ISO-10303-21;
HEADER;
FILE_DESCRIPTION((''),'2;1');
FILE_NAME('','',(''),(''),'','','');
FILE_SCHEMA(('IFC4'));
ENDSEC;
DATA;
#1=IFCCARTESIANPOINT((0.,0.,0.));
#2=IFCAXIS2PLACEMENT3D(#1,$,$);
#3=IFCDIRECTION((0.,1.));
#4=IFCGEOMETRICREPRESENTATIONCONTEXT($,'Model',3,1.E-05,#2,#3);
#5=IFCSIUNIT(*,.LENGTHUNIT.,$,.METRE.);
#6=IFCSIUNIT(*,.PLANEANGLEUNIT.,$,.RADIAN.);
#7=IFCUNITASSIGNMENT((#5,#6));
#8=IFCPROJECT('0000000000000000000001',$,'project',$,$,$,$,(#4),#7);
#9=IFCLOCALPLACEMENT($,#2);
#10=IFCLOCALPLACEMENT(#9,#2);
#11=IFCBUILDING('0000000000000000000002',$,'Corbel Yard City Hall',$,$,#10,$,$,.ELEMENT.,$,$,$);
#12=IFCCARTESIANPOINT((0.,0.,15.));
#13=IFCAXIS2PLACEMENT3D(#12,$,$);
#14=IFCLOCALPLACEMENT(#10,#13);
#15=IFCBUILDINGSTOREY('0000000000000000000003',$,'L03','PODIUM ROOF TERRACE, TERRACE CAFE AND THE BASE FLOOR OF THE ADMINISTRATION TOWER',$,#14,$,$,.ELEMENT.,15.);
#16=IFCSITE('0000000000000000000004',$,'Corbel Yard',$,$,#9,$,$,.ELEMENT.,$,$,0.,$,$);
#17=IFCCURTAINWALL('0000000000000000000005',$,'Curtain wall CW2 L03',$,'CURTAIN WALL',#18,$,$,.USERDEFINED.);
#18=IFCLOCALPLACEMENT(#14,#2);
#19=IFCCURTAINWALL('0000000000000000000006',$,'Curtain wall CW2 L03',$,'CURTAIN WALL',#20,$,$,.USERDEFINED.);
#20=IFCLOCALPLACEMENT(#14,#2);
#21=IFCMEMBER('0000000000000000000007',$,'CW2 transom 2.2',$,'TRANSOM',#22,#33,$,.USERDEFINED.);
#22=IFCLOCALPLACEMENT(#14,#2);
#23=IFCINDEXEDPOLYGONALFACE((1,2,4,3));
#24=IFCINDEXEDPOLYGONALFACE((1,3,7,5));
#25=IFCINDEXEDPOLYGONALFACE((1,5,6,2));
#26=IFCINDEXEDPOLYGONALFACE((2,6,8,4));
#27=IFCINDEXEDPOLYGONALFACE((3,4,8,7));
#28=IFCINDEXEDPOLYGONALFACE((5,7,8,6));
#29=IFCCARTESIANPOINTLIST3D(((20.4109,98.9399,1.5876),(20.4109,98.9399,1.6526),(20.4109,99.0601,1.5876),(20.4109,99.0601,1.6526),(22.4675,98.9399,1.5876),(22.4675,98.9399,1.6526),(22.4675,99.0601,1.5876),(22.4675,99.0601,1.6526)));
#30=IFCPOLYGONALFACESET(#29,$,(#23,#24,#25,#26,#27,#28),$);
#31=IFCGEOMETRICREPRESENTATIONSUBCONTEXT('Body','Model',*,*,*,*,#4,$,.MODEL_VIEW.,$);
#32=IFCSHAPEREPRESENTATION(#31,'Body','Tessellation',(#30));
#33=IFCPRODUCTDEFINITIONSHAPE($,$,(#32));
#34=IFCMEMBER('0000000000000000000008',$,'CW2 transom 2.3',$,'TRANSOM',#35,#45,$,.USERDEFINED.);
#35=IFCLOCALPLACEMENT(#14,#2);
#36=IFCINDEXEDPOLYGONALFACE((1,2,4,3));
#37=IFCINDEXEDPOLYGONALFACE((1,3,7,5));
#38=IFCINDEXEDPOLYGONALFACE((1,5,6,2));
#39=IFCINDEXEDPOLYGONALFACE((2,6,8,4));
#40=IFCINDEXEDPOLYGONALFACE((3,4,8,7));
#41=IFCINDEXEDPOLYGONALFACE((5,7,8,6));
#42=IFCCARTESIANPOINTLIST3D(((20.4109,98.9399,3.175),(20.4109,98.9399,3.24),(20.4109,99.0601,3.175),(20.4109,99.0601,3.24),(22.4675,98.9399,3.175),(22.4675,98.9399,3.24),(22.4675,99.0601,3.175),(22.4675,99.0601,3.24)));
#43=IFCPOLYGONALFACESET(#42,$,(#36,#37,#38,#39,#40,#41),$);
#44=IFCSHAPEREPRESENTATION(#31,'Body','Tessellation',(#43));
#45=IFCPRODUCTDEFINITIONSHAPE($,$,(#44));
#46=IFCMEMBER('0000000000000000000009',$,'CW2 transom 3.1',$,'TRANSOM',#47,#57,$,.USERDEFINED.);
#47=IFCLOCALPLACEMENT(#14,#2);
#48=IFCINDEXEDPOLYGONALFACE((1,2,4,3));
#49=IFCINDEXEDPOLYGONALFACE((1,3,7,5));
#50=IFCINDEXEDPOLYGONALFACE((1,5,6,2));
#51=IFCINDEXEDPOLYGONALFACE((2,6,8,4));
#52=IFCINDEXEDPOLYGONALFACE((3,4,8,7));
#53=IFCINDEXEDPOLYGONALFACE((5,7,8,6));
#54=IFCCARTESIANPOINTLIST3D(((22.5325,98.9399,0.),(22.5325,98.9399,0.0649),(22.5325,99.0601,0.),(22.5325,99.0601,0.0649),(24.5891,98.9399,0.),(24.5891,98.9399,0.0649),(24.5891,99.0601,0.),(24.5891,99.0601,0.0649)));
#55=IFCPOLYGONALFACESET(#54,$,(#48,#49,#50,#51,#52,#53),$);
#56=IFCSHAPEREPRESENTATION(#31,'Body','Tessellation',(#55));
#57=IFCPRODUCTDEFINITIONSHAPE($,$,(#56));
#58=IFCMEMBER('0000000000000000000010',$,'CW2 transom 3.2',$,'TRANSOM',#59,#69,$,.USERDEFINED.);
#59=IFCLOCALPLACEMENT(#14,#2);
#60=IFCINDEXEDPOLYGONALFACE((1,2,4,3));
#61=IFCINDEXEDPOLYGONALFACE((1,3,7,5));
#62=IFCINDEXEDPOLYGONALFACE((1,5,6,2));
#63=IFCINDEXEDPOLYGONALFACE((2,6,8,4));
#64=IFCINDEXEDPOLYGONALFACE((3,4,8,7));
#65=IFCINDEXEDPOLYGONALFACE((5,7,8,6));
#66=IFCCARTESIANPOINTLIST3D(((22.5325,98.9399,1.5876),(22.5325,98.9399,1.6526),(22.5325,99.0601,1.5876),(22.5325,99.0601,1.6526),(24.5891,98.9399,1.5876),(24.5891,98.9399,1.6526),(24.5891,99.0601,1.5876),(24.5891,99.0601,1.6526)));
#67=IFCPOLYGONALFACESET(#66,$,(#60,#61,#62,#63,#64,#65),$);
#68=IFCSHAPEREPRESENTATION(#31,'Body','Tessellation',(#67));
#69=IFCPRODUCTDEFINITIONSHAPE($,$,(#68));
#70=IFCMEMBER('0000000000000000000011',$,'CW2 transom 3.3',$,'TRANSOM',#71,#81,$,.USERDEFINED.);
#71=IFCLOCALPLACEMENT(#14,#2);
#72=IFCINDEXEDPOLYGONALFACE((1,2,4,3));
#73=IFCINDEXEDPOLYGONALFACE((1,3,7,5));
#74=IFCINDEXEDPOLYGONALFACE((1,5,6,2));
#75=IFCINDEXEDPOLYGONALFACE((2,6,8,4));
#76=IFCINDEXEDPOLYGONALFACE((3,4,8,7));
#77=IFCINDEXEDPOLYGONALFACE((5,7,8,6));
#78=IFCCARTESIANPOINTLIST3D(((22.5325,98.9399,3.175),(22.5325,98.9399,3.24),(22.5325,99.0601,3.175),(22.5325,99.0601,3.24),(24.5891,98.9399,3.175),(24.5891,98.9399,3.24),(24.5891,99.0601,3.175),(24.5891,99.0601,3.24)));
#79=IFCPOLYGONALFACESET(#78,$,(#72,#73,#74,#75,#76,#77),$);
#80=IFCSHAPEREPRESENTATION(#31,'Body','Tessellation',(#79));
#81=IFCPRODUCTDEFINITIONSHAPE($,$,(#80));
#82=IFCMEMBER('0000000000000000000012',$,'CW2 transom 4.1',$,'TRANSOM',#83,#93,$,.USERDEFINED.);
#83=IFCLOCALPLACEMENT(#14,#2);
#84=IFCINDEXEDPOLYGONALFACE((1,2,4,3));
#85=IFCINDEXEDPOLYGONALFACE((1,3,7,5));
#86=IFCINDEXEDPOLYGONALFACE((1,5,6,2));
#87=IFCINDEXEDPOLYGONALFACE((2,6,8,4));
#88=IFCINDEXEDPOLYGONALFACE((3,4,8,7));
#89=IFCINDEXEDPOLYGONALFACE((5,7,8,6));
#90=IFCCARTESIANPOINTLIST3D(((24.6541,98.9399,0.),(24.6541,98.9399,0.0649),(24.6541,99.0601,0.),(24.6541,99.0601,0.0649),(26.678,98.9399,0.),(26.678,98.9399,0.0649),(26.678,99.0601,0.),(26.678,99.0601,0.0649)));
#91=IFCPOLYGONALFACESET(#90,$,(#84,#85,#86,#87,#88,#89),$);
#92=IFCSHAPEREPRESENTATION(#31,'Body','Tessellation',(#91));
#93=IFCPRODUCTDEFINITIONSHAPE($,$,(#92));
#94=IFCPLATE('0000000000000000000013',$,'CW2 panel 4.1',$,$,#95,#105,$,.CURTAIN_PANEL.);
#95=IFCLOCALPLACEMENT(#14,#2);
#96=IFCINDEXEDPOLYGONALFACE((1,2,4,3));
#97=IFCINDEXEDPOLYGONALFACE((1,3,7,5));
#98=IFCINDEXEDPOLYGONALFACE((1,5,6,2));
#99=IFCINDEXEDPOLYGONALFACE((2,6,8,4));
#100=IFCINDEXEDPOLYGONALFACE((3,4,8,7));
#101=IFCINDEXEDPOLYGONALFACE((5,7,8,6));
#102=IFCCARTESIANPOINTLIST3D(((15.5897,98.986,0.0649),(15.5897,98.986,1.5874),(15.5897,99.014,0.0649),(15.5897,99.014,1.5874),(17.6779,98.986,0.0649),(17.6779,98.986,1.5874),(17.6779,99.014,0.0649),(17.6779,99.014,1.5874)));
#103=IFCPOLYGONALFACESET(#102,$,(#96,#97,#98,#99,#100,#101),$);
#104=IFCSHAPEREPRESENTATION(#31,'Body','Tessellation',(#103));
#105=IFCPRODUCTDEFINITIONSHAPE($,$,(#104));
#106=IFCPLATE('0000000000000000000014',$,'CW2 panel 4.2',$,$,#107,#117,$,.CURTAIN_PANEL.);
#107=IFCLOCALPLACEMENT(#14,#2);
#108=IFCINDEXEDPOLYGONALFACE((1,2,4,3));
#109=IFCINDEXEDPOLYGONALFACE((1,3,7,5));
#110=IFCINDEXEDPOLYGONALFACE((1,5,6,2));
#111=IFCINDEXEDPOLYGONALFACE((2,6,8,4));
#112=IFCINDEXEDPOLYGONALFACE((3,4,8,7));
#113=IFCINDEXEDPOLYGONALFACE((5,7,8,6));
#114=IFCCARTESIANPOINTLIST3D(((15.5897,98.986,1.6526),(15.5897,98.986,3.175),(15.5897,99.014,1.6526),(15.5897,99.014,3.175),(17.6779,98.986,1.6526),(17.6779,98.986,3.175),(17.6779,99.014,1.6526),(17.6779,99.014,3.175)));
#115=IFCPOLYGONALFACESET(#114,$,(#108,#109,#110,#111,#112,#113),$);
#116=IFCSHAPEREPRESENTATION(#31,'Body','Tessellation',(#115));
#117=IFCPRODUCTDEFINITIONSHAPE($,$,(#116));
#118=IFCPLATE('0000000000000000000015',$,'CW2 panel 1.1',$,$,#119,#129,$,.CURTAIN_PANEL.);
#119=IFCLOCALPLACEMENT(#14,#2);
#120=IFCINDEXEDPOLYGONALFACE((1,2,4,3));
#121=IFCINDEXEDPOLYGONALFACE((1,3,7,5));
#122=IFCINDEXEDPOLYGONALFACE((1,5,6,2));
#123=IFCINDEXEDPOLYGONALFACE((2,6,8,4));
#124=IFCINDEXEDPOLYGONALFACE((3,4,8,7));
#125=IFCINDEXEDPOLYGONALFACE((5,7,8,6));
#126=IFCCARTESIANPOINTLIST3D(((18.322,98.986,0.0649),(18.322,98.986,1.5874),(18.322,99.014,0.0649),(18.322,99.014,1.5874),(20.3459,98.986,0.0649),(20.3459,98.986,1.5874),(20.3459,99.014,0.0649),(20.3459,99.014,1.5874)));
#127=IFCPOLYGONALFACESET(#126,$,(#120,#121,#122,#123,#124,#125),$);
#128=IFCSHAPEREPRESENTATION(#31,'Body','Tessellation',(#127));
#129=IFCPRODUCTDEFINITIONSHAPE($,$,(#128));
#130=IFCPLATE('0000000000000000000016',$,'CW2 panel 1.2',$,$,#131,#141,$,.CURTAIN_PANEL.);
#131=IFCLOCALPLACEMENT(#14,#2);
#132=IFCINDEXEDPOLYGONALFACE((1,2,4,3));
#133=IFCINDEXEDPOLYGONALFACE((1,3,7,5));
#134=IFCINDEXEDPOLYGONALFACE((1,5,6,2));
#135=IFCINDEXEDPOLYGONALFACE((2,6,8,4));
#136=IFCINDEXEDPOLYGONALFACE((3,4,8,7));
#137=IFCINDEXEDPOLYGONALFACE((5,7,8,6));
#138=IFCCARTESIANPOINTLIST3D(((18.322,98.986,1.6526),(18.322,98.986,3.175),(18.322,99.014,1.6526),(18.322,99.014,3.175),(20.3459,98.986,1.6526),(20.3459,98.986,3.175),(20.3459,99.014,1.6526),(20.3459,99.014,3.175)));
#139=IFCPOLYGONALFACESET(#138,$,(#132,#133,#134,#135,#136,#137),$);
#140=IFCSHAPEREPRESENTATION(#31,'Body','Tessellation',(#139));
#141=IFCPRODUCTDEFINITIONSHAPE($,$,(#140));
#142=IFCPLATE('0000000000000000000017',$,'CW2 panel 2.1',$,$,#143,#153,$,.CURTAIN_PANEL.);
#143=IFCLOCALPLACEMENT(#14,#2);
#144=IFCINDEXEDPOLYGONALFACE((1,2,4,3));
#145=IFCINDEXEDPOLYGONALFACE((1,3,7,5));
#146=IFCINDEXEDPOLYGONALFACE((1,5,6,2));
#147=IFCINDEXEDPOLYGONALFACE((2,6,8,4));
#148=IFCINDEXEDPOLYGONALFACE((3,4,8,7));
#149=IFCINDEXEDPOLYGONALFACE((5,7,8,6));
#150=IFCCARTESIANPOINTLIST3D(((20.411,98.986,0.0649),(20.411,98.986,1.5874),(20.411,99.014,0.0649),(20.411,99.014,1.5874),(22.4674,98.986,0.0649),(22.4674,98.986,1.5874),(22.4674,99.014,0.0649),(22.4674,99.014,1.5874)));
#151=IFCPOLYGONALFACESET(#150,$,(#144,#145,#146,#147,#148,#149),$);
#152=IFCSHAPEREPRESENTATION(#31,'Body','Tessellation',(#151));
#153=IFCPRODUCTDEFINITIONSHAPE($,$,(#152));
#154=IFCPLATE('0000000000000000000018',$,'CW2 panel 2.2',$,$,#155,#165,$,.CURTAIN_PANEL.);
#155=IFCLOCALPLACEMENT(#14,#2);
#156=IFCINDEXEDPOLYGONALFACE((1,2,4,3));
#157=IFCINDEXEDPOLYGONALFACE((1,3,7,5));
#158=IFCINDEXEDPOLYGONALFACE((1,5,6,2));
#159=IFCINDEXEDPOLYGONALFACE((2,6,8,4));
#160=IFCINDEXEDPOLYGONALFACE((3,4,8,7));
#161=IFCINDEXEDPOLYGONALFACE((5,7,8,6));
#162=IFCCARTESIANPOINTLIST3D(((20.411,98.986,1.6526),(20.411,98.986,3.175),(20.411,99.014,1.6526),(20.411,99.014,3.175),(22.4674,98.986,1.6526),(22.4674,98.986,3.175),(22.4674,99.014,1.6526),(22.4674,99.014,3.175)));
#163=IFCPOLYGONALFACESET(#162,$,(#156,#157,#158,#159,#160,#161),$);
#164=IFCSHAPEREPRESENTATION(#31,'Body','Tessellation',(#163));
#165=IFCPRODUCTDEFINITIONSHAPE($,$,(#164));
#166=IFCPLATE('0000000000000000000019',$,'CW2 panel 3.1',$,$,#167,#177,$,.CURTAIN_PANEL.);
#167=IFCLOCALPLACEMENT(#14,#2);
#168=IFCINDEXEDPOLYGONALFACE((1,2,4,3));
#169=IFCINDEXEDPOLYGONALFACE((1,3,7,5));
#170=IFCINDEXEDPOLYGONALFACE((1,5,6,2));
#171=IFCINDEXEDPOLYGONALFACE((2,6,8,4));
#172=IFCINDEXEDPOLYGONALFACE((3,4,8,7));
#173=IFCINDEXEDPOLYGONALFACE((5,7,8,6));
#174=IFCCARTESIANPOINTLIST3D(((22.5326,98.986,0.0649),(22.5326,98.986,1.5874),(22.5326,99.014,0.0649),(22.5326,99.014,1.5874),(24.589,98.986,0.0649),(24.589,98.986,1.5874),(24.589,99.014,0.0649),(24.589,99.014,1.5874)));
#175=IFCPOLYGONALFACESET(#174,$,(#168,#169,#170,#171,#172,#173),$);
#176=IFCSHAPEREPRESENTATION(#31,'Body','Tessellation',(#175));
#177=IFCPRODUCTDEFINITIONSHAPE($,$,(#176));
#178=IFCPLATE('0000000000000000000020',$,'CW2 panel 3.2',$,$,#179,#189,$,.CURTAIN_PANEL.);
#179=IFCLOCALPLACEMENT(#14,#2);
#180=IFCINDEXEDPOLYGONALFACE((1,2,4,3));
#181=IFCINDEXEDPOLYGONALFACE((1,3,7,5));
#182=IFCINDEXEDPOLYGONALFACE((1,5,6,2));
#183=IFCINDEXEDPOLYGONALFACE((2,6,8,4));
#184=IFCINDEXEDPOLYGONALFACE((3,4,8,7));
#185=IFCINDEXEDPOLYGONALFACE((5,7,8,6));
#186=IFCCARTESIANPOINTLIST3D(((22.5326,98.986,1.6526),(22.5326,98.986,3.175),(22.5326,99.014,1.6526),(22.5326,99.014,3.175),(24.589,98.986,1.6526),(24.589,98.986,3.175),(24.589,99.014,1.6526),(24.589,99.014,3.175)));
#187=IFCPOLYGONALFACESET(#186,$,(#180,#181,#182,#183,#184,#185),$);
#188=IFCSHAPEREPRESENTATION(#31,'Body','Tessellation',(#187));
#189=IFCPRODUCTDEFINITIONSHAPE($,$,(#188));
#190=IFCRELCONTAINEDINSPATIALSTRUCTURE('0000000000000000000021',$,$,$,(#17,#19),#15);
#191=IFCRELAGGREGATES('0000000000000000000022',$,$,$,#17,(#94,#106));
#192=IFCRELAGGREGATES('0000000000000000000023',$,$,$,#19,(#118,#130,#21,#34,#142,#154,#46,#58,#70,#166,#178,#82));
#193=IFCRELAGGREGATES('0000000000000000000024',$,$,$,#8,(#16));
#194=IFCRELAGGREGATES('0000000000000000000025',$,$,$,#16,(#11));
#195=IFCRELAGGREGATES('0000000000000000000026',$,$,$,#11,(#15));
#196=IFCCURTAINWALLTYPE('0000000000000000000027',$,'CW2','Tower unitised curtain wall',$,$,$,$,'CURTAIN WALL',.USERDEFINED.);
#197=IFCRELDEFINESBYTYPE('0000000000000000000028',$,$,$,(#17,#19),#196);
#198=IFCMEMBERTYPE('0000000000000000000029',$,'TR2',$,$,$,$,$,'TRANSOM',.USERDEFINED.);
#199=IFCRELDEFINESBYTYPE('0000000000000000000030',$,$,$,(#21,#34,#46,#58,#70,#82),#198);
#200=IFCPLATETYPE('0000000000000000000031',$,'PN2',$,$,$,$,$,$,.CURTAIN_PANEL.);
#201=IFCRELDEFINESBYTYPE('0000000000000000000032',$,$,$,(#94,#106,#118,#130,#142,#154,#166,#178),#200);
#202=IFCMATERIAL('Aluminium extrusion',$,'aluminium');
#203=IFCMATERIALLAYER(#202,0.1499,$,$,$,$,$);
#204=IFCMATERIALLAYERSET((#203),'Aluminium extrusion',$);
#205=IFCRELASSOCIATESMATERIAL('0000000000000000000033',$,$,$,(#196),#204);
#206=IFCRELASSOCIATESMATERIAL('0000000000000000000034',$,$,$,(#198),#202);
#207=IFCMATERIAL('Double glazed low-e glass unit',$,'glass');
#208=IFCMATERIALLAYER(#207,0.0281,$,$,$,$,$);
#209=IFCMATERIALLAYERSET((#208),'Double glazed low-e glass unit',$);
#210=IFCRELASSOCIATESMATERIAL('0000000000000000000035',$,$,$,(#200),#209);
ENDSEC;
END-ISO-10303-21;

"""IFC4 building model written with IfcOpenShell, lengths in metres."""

from ifc_helpers import new_model, si_unit, direction, frame, origin, origin_2d, place, context, subcontext, project, spatial, rectangle, extrude, material, layer, layer_set, material_profile, profile_set, type_object, element, aggregate, save


model = new_model("IFC4")

# Units and contexts
model_context = context("Model", 3, precision=1e-05, world=origin(), true_north=direction((0.0, 1.0)))
body_context = subcontext(model_context, "Body", "Model", "MODEL_VIEW")
ifc_project = project(units=[si_unit("LENGTHUNIT", "METRE"), si_unit("PLANEANGLEUNIT", "RADIAN")], contexts=[model_context])

# Site, building, storey
site_placement = place(None, origin())
site = spatial("IfcSite", under=ifc_project, at=site_placement, Name="Corbel Yard", CompositionType="ELEMENT", RefElevation=0.0)
building_placement = place(site_placement, origin())
building = spatial("IfcBuilding", under=site, at=building_placement, Name="Corbel Yard City Hall", CompositionType="ELEMENT")
storey_placement = place(building_placement, frame((0.0, 0.0, 15.0)))
storey = spatial("IfcBuildingStorey", under=building, at=storey_placement, Name="L03", Description="PODIUM ROOF TERRACE, TERRACE CAFE AND THE BASE FLOOR OF THE ADMINISTRATION TOWER", CompositionType="ELEMENT", Elevation=15.0)

# Curtain wall
ifc_material_1 = material(Name="Aluminium extrusion", Category="aluminium")
ifc_layer_1 = layer(ifc_material_1, 0.1499)
ifc_layer_set_1 = layer_set([ifc_layer_1], Name="Aluminium extrusion")
curtain_wall_type = type_object("IfcCurtainWallType", Name="CW2", Description="Tower unitised curtain wall", ElementType="CURTAIN WALL", PredefinedType="USERDEFINED", material=ifc_layer_set_1)
curtain_wall_1_placement = place(storey_placement, origin())
curtain_wall_1 = element("IfcCurtainWall", 1, at=curtain_wall_1_placement, inside=storey, type_object=curtain_wall_type, Name="Curtain wall CW2 L03", ObjectType="CURTAIN WALL", PredefinedType="USERDEFINED")

# Curtain wall
curtain_wall_2_placement = place(storey_placement, origin())
curtain_wall_2 = element("IfcCurtainWall", 2, at=curtain_wall_2_placement, inside=storey, type_object=curtain_wall_type, Name="Curtain wall CW2 L03", ObjectType="CURTAIN WALL", PredefinedType="USERDEFINED")

# Members
ifc_material_profile_1 = material_profile(ifc_material_1, rectangle(XDim=0.1201, YDim=0.0649, at=origin_2d()), Name="120x65")
ifc_profile_set_1 = profile_set([ifc_material_profile_1], Name="Aluminium extrusion")
member_type_1 = type_object("IfcMemberType", Name="TR2", ElementType="TRANSOM", PredefinedType="USERDEFINED", material=ifc_profile_set_1)
member_1_placement = place(storey_placement, frame((20.4109, 99.0, 1.6201), z_axis=(1.0, 0.0, 0.0), x_axis=(0.0, 1.0, 0.0)))
member_1 = element("IfcMember", 3, at=member_1_placement, type_object=member_type_1, Name="CW2 transom 2.2", ObjectType="TRANSOM", PredefinedType="USERDEFINED", context=body_context, shape_type="SweptSolid", body=[
    extrude(rectangle(XDim=0.1201, YDim=0.0649, at=origin_2d()), origin(), (0.0, 0.0, 1.0), 2.0566),
])
member_2_placement = place(storey_placement, frame((20.4109, 99.0, 3.2075), z_axis=(1.0, 0.0, 0.0), x_axis=(0.0, 1.0, 0.0)))
member_2 = element("IfcMember", 4, at=member_2_placement, type_object=member_type_1, Name="CW2 transom 2.3", ObjectType="TRANSOM", PredefinedType="USERDEFINED", context=body_context, shape_type="SweptSolid", body=[
    extrude(rectangle(XDim=0.1201, YDim=0.0649, at=origin_2d()), origin(), (0.0, 0.0, 1.0), 2.0566),
])
member_3_placement = place(storey_placement, frame((22.5325, 99.0, 0.0325), z_axis=(1.0, 0.0, 0.0), x_axis=(0.0, 1.0, 0.0)))
member_3 = element("IfcMember", 5, at=member_3_placement, type_object=member_type_1, Name="CW2 transom 3.1", ObjectType="TRANSOM", PredefinedType="USERDEFINED", context=body_context, shape_type="SweptSolid", body=[
    extrude(rectangle(XDim=0.1201, YDim=0.0649, at=origin_2d()), origin(), (0.0, 0.0, 1.0), 2.0566),
])
member_4_placement = place(storey_placement, frame((22.5325, 99.0, 1.6201), z_axis=(1.0, 0.0, 0.0), x_axis=(0.0, 1.0, 0.0)))
member_4 = element("IfcMember", 6, at=member_4_placement, type_object=member_type_1, Name="CW2 transom 3.2", ObjectType="TRANSOM", PredefinedType="USERDEFINED", context=body_context, shape_type="SweptSolid", body=[
    extrude(rectangle(XDim=0.1201, YDim=0.0649, at=origin_2d()), origin(), (0.0, 0.0, 1.0), 2.0566),
])
member_5_placement = place(storey_placement, frame((22.5325, 99.0, 3.2075), z_axis=(1.0, 0.0, 0.0), x_axis=(0.0, 1.0, 0.0)))
member_5 = element("IfcMember", 7, at=member_5_placement, type_object=member_type_1, Name="CW2 transom 3.3", ObjectType="TRANSOM", PredefinedType="USERDEFINED", context=body_context, shape_type="SweptSolid", body=[
    extrude(rectangle(XDim=0.1201, YDim=0.0649, at=origin_2d()), origin(), (0.0, 0.0, 1.0), 2.0566),
])
member_6_placement = place(storey_placement, frame((24.6541, 99.0, 0.0325), z_axis=(1.0, 0.0, 0.0), x_axis=(0.0, 1.0, 0.0)))
member_6 = element("IfcMember", 8, at=member_6_placement, type_object=member_type_1, Name="CW2 transom 4.1", ObjectType="TRANSOM", PredefinedType="USERDEFINED", context=body_context, shape_type="SweptSolid", body=[
    extrude(rectangle(XDim=0.1201, YDim=0.0649, at=origin_2d()), origin(), (0.0, 0.0, 1.0), 2.0239),
])

# Plates
ifc_material_2 = material(Name="Double glazed low-e glass unit", Category="glass")
ifc_layer_2 = layer(ifc_material_2, 0.0281)
ifc_layer_set_2 = layer_set([ifc_layer_2], Name="Double glazed low-e glass unit")
plate_type = type_object("IfcPlateType", Name="PN2", PredefinedType="CURTAIN_PANEL", material=ifc_layer_set_2)
plate_1_placement = place(storey_placement, frame((16.6338, 99.0, 0.0649), z_axis=(0.0, 0.0, 1.0), x_axis=(1.0, 0.0, 0.0)))
plate_1 = element("IfcPlate", 9, at=plate_1_placement, type_object=plate_type, Name="CW2 panel 4.1", PredefinedType="CURTAIN_PANEL", context=body_context, shape_type="SweptSolid", body=[
    extrude(rectangle(XDim=2.0881, YDim=0.0281, at=origin_2d()), origin(), (0.0, 0.0, 1.0), 1.5225),
])
plate_2_placement = place(storey_placement, frame((16.6338, 99.0, 1.6526), z_axis=(0.0, 0.0, 1.0), x_axis=(1.0, 0.0, 0.0)))
plate_2 = element("IfcPlate", 10, at=plate_2_placement, type_object=plate_type, Name="CW2 panel 4.2", PredefinedType="CURTAIN_PANEL", context=body_context, shape_type="SweptSolid", body=[
    extrude(rectangle(XDim=2.0881, YDim=0.0281, at=origin_2d()), origin(), (0.0, 0.0, 1.0), 1.5225),
])
aggregate(curtain_wall_1, [plate_1, plate_2])
plate_3_placement = place(storey_placement, frame((19.334, 99.0, 0.0649), z_axis=(0.0, 0.0, 1.0), x_axis=(1.0, 0.0, 0.0)))
plate_3 = element("IfcPlate", 11, at=plate_3_placement, type_object=plate_type, Name="CW2 panel 1.1", PredefinedType="CURTAIN_PANEL", context=body_context, shape_type="SweptSolid", body=[
    extrude(rectangle(XDim=2.0239, YDim=0.0281, at=origin_2d()), origin(), (0.0, 0.0, 1.0), 1.5225),
])
plate_4_placement = place(storey_placement, frame((19.334, 99.0, 1.6526), z_axis=(0.0, 0.0, 1.0), x_axis=(1.0, 0.0, 0.0)))
plate_4 = element("IfcPlate", 12, at=plate_4_placement, type_object=plate_type, Name="CW2 panel 1.2", PredefinedType="CURTAIN_PANEL", context=body_context, shape_type="SweptSolid", body=[
    extrude(rectangle(XDim=2.0239, YDim=0.0281, at=origin_2d()), origin(), (0.0, 0.0, 1.0), 1.5225),
])
plate_5_placement = place(storey_placement, frame((21.4392, 99.0, 0.0649), z_axis=(0.0, 0.0, 1.0), x_axis=(1.0, 0.0, 0.0)))
plate_5 = element("IfcPlate", 13, at=plate_5_placement, type_object=plate_type, Name="CW2 panel 2.1", PredefinedType="CURTAIN_PANEL", context=body_context, shape_type="SweptSolid", body=[
    extrude(rectangle(XDim=2.0564, YDim=0.0281, at=origin_2d()), origin(), (0.0, 0.0, 1.0), 1.5225),
])
plate_6_placement = place(storey_placement, frame((21.4392, 99.0, 1.6526), z_axis=(0.0, 0.0, 1.0), x_axis=(1.0, 0.0, 0.0)))
plate_6 = element("IfcPlate", 14, at=plate_6_placement, type_object=plate_type, Name="CW2 panel 2.2", PredefinedType="CURTAIN_PANEL", context=body_context, shape_type="SweptSolid", body=[
    extrude(rectangle(XDim=2.0564, YDim=0.0281, at=origin_2d()), origin(), (0.0, 0.0, 1.0), 1.5225),
])
plate_7_placement = place(storey_placement, frame((23.5608, 99.0, 0.0649), z_axis=(0.0, 0.0, 1.0), x_axis=(1.0, 0.0, 0.0)))
plate_7 = element("IfcPlate", 15, at=plate_7_placement, type_object=plate_type, Name="CW2 panel 3.1", PredefinedType="CURTAIN_PANEL", context=body_context, shape_type="SweptSolid", body=[
    extrude(rectangle(XDim=2.0564, YDim=0.0281, at=origin_2d()), origin(), (0.0, 0.0, 1.0), 1.5225),
])
plate_8_placement = place(storey_placement, frame((23.5608, 99.0, 1.6526), z_axis=(0.0, 0.0, 1.0), x_axis=(1.0, 0.0, 0.0)))
plate_8 = element("IfcPlate", 16, at=plate_8_placement, type_object=plate_type, Name="CW2 panel 3.2", PredefinedType="CURTAIN_PANEL", context=body_context, shape_type="SweptSolid", body=[
    extrude(rectangle(XDim=2.0564, YDim=0.0281, at=origin_2d()), origin(), (0.0, 0.0, 1.0), 1.5225),
])
aggregate(curtain_wall_2, [plate_3, plate_4, member_1, member_2, plate_5, plate_6, member_3, member_4, member_5, plate_7, plate_8, member_6])

save(model, "model.ifc")
